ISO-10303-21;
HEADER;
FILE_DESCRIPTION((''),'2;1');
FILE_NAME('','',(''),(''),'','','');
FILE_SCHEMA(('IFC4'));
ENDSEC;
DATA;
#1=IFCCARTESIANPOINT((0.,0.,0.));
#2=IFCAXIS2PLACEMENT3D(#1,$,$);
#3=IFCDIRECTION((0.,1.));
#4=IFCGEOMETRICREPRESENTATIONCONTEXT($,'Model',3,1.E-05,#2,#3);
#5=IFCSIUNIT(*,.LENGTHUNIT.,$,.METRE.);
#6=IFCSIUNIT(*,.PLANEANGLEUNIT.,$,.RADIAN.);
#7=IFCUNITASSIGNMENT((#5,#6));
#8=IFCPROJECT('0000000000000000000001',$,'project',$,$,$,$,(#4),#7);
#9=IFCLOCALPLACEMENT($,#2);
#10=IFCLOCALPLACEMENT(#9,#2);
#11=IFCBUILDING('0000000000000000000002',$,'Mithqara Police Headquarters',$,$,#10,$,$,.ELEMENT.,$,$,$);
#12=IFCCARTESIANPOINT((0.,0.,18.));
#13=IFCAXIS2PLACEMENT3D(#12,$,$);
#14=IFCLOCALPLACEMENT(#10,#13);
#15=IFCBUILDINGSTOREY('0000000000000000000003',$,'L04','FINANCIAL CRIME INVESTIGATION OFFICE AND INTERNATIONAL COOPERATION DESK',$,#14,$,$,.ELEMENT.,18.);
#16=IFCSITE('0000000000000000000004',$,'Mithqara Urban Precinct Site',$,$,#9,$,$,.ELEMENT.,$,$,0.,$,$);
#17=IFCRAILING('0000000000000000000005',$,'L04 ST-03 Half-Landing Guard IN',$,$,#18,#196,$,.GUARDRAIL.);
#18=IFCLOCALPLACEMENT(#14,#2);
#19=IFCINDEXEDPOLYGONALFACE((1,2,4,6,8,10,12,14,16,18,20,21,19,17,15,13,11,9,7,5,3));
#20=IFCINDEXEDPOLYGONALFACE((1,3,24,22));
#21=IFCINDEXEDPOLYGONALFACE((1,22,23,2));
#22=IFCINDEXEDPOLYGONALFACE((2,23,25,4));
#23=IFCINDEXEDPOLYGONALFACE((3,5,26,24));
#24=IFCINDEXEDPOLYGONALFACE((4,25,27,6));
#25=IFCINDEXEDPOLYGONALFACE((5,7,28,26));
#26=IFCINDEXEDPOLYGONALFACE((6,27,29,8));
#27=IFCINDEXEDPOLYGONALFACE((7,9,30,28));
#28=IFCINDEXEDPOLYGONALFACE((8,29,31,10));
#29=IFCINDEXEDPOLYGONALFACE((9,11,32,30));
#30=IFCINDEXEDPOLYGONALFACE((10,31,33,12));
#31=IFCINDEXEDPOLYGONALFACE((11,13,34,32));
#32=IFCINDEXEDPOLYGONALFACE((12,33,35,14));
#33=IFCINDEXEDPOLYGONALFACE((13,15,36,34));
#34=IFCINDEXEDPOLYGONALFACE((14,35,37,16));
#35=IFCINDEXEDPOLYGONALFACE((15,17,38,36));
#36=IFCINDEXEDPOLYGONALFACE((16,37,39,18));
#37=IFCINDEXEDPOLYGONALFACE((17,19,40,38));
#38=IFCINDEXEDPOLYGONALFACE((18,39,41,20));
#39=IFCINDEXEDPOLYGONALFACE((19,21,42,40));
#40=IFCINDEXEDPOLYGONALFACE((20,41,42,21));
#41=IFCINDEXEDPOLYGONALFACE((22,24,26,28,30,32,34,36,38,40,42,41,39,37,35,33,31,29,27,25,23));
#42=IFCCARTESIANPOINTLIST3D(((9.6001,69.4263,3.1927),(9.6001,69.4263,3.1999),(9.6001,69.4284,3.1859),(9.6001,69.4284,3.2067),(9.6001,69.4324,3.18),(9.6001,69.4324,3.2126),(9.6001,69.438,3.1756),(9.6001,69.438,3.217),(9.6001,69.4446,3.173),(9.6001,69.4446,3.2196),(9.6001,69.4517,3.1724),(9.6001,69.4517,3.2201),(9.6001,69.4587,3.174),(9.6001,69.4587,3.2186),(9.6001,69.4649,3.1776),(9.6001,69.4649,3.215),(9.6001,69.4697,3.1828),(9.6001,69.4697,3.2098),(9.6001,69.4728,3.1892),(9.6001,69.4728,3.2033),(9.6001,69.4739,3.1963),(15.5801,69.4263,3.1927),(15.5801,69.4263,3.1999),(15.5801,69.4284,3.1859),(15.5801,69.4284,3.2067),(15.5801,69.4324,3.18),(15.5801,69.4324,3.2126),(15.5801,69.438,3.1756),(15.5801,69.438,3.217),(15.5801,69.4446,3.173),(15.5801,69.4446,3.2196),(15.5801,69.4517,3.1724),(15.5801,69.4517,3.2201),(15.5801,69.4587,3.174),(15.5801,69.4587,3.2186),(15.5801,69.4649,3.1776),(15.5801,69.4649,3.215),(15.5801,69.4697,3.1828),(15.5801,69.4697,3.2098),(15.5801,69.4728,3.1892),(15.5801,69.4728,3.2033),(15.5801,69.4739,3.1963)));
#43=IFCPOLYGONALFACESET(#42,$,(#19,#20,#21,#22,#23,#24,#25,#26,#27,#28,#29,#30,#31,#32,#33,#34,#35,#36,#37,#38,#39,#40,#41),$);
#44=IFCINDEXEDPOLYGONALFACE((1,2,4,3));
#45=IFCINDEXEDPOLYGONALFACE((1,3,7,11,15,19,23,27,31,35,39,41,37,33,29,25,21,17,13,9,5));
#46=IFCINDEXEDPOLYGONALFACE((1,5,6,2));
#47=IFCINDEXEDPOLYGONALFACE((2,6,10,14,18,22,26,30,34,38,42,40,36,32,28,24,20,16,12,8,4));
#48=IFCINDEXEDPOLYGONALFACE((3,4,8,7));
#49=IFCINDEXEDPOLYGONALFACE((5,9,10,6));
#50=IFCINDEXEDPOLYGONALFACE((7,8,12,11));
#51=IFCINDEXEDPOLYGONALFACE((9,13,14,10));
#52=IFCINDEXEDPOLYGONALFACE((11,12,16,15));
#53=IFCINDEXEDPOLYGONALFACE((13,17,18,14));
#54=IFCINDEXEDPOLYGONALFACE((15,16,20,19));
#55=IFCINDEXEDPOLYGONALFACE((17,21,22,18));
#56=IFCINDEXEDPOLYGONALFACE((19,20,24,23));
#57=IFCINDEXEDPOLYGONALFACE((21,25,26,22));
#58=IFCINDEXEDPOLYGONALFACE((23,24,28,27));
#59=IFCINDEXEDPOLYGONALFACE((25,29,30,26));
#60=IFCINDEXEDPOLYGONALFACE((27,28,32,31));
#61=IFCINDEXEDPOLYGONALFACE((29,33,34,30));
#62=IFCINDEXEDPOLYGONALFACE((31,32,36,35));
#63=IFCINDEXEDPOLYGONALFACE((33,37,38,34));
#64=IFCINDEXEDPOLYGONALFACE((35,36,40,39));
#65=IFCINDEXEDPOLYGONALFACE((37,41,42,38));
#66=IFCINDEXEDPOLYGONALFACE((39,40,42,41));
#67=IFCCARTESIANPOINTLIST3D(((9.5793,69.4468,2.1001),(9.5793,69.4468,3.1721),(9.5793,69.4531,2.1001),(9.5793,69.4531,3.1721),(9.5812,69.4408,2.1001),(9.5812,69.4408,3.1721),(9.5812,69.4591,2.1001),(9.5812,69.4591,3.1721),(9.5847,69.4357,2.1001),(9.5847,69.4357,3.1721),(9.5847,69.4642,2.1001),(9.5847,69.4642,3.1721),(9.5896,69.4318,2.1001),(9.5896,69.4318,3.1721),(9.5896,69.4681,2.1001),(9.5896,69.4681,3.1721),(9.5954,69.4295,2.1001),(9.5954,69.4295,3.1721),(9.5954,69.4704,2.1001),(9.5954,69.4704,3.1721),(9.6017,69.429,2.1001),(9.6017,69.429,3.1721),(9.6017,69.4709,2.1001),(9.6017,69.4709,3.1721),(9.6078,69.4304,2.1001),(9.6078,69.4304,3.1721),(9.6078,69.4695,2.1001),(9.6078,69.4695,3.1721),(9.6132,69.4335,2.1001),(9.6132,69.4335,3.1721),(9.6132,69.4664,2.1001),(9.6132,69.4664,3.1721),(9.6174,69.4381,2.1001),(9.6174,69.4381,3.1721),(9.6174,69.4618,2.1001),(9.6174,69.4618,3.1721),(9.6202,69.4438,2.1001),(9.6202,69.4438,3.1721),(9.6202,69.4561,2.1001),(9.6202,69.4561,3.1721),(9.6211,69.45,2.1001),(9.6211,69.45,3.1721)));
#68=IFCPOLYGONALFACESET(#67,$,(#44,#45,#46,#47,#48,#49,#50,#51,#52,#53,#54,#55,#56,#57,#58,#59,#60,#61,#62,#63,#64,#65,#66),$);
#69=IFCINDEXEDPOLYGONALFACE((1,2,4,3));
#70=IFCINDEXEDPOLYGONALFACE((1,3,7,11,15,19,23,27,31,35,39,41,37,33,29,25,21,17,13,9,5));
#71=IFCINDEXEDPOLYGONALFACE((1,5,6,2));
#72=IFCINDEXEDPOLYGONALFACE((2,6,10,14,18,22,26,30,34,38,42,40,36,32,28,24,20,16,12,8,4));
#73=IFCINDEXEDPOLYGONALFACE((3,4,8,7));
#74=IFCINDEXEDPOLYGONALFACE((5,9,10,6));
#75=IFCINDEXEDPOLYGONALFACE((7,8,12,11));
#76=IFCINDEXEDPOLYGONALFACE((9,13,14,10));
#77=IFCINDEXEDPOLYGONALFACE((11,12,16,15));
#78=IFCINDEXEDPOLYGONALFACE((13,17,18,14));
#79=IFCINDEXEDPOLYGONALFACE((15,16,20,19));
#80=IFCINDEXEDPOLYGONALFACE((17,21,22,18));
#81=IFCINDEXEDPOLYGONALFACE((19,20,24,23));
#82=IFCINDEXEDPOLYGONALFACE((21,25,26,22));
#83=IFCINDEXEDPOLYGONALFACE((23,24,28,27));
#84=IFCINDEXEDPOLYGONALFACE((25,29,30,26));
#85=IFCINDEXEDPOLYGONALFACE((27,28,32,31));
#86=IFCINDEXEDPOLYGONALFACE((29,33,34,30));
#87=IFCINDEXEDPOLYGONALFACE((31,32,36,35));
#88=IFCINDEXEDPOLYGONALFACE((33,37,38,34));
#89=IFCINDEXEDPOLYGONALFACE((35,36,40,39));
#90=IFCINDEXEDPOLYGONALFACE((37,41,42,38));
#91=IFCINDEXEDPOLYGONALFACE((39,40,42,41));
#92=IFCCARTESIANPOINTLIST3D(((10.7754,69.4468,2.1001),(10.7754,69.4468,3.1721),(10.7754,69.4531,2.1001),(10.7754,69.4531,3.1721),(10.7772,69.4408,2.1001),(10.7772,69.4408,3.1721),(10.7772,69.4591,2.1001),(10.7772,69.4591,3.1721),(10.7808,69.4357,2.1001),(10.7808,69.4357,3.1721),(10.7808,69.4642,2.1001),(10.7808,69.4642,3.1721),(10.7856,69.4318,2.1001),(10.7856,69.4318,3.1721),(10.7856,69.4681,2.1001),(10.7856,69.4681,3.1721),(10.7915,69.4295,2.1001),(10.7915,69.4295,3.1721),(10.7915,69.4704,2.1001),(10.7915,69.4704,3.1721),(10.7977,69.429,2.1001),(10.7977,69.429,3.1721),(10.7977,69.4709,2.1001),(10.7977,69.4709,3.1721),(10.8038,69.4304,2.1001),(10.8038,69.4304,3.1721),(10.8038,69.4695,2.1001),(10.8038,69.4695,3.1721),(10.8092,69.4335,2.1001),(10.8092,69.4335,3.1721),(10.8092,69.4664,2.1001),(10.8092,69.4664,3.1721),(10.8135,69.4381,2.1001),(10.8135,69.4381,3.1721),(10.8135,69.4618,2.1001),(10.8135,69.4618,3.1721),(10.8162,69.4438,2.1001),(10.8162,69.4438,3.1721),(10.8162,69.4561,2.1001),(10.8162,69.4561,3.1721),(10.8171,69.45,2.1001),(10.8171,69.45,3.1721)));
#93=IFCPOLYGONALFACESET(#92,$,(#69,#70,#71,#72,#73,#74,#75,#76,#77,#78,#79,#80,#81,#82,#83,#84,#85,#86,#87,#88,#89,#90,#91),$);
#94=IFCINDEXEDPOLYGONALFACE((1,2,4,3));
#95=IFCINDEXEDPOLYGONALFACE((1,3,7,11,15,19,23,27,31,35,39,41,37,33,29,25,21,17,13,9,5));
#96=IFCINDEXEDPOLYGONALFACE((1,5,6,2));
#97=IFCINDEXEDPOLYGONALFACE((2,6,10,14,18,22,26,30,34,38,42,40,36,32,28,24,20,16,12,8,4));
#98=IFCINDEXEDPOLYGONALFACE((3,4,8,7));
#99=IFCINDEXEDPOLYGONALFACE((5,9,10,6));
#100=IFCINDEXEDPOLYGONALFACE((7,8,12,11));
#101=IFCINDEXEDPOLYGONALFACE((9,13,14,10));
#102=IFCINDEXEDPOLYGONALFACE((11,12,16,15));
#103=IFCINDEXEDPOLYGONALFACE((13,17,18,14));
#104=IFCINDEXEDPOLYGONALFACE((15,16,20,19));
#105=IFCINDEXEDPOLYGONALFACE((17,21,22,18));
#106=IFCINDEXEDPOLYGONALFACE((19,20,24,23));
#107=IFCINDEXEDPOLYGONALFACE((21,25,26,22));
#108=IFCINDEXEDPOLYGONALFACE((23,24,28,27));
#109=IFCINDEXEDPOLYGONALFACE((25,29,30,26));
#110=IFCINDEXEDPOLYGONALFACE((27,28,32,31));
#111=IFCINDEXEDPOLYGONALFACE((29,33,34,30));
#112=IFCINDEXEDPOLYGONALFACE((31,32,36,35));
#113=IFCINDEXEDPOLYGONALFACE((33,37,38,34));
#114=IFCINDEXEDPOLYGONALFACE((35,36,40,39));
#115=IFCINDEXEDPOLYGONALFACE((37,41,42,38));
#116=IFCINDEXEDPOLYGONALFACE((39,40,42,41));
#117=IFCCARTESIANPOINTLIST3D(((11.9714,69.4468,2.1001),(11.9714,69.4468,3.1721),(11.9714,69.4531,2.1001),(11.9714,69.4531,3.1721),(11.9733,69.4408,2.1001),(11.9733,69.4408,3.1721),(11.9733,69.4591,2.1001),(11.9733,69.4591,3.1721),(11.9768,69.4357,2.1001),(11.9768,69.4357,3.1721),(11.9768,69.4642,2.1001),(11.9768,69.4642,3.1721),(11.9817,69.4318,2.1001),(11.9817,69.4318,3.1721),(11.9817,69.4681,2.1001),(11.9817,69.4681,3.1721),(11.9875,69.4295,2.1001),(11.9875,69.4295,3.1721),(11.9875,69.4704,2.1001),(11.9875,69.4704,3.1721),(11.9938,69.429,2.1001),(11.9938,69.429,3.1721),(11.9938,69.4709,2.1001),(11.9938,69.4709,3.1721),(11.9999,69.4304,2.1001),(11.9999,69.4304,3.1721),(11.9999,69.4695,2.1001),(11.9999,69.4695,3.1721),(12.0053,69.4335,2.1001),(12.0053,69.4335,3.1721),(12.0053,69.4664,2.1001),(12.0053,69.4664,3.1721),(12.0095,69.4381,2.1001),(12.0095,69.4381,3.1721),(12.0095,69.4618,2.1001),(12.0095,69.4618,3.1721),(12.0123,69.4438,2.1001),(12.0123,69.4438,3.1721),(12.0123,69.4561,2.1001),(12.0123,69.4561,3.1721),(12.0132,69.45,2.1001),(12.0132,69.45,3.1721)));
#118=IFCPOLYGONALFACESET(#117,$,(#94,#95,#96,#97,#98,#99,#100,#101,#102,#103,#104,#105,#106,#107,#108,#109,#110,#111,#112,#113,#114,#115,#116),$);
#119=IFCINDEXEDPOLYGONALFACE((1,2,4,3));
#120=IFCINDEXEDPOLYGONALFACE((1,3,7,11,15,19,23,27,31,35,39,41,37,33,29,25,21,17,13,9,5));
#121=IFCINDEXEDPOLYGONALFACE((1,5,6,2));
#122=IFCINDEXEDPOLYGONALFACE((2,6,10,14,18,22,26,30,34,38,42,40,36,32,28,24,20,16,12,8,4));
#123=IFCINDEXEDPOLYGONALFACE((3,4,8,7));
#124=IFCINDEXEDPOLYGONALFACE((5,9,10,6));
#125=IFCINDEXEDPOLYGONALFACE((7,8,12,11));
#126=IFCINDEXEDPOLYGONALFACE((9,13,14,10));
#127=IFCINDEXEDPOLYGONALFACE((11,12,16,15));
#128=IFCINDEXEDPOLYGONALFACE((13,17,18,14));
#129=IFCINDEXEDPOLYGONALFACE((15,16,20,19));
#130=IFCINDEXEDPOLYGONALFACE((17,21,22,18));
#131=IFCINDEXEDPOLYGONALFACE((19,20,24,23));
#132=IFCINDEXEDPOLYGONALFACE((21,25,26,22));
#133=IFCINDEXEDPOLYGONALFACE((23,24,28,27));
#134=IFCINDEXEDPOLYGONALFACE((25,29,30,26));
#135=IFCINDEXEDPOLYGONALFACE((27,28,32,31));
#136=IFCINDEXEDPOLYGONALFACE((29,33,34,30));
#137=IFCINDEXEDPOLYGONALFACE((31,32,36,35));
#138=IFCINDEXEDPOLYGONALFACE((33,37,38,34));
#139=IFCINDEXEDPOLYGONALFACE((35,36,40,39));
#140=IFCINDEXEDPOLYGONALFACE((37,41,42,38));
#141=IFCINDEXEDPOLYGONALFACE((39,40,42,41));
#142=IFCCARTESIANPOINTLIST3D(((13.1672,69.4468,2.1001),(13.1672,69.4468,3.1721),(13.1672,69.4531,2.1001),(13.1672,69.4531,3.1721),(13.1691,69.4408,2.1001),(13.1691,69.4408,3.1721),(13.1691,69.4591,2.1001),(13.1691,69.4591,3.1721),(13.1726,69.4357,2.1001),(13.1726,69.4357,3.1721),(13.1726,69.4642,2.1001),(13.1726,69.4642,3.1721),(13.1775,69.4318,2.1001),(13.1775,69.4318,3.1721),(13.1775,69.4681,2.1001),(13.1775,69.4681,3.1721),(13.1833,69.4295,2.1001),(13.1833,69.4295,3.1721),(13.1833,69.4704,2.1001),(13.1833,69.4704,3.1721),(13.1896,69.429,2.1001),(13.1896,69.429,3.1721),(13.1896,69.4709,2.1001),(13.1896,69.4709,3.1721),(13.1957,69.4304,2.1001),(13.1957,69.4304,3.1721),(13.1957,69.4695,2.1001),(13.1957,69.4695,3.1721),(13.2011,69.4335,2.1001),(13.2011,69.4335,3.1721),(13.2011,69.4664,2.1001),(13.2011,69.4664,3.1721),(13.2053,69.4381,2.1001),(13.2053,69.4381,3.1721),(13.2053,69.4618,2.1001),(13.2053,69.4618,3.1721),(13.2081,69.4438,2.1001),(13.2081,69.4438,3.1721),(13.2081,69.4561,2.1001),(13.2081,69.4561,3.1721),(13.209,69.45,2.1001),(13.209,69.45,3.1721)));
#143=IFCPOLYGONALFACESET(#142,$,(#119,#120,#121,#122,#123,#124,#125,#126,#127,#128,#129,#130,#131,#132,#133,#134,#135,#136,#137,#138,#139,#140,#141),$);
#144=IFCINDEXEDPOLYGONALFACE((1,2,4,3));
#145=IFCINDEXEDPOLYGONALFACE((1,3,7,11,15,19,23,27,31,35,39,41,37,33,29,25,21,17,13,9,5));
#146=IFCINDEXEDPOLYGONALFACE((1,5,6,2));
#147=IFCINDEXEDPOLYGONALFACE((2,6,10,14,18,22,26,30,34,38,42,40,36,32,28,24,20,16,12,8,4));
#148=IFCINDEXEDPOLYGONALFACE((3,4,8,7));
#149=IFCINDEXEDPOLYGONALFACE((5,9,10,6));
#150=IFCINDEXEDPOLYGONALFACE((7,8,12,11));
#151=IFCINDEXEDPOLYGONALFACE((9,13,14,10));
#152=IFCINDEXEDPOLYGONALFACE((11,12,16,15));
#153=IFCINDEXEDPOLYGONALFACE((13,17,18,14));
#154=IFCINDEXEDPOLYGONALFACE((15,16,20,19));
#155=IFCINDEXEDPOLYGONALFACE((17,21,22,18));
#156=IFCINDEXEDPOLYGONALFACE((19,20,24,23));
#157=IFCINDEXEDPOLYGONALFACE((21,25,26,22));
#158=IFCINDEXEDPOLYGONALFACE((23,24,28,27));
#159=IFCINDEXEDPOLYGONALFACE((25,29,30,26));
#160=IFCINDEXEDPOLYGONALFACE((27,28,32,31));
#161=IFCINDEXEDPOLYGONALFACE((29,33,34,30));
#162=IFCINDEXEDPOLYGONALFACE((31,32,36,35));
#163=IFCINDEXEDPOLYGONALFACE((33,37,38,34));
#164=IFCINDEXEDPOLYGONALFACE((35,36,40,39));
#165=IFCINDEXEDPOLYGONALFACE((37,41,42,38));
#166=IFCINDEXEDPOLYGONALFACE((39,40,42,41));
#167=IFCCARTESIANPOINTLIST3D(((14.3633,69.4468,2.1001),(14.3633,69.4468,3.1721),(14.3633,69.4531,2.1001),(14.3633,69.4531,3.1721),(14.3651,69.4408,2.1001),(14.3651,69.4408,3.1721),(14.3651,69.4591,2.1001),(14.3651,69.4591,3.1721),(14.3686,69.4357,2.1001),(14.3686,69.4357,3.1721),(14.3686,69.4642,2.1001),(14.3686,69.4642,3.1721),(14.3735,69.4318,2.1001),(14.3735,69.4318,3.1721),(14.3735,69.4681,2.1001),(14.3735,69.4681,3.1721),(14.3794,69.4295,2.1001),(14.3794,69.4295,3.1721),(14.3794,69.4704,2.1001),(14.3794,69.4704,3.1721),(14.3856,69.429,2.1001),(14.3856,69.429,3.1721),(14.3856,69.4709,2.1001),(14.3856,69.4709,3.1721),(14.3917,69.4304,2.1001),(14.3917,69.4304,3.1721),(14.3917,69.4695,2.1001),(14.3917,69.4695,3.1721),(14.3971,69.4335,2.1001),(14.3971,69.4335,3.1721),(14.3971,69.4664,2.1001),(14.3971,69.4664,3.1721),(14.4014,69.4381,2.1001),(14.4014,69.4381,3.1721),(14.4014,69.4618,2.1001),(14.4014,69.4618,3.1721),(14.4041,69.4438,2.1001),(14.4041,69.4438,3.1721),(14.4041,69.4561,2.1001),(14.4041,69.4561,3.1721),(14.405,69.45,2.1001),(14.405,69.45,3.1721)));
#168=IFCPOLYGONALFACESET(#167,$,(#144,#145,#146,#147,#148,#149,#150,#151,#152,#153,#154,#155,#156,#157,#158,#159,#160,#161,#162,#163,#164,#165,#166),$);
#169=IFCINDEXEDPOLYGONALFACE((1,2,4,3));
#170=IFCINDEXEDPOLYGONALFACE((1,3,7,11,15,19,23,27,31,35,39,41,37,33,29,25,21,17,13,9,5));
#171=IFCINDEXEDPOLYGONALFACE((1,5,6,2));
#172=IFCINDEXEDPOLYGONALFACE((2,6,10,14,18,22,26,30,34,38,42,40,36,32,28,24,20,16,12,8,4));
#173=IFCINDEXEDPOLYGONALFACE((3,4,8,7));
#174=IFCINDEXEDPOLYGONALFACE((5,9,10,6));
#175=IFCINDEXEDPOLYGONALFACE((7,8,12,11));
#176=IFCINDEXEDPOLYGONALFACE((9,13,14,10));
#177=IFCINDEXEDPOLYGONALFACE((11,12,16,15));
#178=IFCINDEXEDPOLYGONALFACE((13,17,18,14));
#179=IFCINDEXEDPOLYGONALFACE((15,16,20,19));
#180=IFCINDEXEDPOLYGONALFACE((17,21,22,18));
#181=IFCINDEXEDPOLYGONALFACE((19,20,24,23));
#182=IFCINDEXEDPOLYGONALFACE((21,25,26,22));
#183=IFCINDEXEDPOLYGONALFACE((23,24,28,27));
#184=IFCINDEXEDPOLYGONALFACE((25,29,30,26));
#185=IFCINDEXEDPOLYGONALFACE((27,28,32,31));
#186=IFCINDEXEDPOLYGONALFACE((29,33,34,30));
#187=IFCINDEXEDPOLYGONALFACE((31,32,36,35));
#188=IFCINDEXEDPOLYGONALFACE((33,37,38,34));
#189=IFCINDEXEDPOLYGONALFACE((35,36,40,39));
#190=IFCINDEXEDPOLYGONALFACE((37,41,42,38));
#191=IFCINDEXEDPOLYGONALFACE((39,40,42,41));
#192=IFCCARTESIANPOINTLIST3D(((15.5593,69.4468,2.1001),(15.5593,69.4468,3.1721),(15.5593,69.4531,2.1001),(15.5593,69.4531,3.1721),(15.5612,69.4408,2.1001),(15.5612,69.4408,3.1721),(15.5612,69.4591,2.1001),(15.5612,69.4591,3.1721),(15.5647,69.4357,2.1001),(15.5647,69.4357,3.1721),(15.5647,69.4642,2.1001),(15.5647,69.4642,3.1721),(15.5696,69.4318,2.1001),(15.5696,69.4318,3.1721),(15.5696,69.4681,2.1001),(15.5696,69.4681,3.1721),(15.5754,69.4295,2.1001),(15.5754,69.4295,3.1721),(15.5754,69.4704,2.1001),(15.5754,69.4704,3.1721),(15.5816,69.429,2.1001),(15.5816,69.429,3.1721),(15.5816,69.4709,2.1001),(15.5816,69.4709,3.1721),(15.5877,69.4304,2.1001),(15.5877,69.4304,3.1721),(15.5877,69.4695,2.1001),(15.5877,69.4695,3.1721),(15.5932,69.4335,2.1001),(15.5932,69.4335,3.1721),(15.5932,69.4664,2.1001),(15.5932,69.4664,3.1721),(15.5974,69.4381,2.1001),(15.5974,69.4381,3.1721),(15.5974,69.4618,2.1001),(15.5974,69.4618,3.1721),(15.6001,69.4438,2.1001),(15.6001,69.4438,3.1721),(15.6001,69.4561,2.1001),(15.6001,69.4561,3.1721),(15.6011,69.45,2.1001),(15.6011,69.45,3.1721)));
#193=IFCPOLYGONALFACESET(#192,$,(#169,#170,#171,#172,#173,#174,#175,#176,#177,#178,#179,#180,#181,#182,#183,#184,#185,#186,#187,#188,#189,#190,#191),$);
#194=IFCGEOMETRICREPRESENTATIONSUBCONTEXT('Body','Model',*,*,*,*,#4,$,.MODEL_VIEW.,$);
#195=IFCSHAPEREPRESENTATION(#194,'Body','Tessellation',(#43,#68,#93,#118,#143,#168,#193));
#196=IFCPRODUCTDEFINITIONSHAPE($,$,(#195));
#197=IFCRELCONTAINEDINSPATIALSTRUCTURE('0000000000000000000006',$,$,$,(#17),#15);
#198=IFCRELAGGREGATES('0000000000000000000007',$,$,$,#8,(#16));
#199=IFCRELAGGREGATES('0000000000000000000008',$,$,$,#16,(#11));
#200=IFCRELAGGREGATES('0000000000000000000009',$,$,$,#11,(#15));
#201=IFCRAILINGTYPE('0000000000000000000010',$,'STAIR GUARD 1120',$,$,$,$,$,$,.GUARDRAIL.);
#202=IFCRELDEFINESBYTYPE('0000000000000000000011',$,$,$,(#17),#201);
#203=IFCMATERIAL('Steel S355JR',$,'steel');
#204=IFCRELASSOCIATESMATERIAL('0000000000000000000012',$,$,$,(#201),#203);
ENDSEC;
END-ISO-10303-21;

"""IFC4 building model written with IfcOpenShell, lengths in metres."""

from ifc_helpers import new_model, si_unit, direction, frame, origin, origin_2d, place, context, subcontext, project, spatial, circle, extrude, material, type_object, element, save


model = new_model("IFC4")

# Units and contexts
model_context = context("Model", 3, precision=1e-05, world=origin(), true_north=direction((0.0, 1.0)))
body_context = subcontext(model_context, "Body", "Model", "MODEL_VIEW")
ifc_project = project(units=[si_unit("LENGTHUNIT", "METRE"), si_unit("PLANEANGLEUNIT", "RADIAN")], contexts=[model_context])

# Site, building, storey
site_placement = place(None, origin())
site = spatial("IfcSite", under=ifc_project, at=site_placement, Name="Mithqara Urban Precinct Site", CompositionType="ELEMENT", RefElevation=0.0)
building_placement = place(site_placement, origin())
building = spatial("IfcBuilding", under=site, at=building_placement, Name="Mithqara Police Headquarters", CompositionType="ELEMENT")
storey_placement = place(building_placement, frame((0.0, 0.0, 18.0)))
storey = spatial("IfcBuildingStorey", under=building, at=storey_placement, Name="L04", Description="FINANCIAL CRIME INVESTIGATION OFFICE AND INTERNATIONAL COOPERATION DESK", CompositionType="ELEMENT", Elevation=18.0)

# Shared definitions
ifc_material_1 = material(Name="Steel S355JR", Category="steel")

# Railing
railing_type_1 = type_object("IfcRailingType", Name="STAIR GUARD 1120", PredefinedType="GUARDRAIL", material=ifc_material_1)
for number, where, name in (
    (1, (9.6001, 69.45, 2.1001), "L04 ST-03 Half-Landing Guard IN"),
):
    element("IfcRailing", number, at=place(storey_placement, frame(where)), inside=storey, type_object=railing_type_1, Name=name, PredefinedType="GUARDRAIL", context=body_context, shape_type="SweptSolid", body=[
        extrude(circle(Radius=0.0239, at=origin_2d()), frame((0.0, 0.0, 1.0962), z_axis=(1.0, 0.0, 0.0), x_axis=(0.0, 1.0, 0.0)), (0.0, 0.0, 1.0), 5.98),
        extrude(circle(Radius=0.021, at=origin_2d()), origin(), (0.0, 0.0, 1.0), 1.072),
        extrude(circle(Radius=0.021, at=origin_2d()), frame((1.196, 0.0, 0.0)), (0.0, 0.0, 1.0), 1.072),
        extrude(circle(Radius=0.021, at=origin_2d()), frame((2.3921, 0.0, 0.0)), (0.0, 0.0, 1.0), 1.072),
        extrude(circle(Radius=0.021, at=origin_2d()), frame((3.5879, 0.0, 0.0)), (0.0, 0.0, 1.0), 1.072),
        extrude(circle(Radius=0.021, at=origin_2d()), frame((4.7839, 0.0, 0.0)), (0.0, 0.0, 1.0), 1.072),
        extrude(circle(Radius=0.021, at=origin_2d()), frame((5.98, 0.0, 0.0)), (0.0, 0.0, 1.0), 1.072),
    ])

save(model, "model.ifc")
